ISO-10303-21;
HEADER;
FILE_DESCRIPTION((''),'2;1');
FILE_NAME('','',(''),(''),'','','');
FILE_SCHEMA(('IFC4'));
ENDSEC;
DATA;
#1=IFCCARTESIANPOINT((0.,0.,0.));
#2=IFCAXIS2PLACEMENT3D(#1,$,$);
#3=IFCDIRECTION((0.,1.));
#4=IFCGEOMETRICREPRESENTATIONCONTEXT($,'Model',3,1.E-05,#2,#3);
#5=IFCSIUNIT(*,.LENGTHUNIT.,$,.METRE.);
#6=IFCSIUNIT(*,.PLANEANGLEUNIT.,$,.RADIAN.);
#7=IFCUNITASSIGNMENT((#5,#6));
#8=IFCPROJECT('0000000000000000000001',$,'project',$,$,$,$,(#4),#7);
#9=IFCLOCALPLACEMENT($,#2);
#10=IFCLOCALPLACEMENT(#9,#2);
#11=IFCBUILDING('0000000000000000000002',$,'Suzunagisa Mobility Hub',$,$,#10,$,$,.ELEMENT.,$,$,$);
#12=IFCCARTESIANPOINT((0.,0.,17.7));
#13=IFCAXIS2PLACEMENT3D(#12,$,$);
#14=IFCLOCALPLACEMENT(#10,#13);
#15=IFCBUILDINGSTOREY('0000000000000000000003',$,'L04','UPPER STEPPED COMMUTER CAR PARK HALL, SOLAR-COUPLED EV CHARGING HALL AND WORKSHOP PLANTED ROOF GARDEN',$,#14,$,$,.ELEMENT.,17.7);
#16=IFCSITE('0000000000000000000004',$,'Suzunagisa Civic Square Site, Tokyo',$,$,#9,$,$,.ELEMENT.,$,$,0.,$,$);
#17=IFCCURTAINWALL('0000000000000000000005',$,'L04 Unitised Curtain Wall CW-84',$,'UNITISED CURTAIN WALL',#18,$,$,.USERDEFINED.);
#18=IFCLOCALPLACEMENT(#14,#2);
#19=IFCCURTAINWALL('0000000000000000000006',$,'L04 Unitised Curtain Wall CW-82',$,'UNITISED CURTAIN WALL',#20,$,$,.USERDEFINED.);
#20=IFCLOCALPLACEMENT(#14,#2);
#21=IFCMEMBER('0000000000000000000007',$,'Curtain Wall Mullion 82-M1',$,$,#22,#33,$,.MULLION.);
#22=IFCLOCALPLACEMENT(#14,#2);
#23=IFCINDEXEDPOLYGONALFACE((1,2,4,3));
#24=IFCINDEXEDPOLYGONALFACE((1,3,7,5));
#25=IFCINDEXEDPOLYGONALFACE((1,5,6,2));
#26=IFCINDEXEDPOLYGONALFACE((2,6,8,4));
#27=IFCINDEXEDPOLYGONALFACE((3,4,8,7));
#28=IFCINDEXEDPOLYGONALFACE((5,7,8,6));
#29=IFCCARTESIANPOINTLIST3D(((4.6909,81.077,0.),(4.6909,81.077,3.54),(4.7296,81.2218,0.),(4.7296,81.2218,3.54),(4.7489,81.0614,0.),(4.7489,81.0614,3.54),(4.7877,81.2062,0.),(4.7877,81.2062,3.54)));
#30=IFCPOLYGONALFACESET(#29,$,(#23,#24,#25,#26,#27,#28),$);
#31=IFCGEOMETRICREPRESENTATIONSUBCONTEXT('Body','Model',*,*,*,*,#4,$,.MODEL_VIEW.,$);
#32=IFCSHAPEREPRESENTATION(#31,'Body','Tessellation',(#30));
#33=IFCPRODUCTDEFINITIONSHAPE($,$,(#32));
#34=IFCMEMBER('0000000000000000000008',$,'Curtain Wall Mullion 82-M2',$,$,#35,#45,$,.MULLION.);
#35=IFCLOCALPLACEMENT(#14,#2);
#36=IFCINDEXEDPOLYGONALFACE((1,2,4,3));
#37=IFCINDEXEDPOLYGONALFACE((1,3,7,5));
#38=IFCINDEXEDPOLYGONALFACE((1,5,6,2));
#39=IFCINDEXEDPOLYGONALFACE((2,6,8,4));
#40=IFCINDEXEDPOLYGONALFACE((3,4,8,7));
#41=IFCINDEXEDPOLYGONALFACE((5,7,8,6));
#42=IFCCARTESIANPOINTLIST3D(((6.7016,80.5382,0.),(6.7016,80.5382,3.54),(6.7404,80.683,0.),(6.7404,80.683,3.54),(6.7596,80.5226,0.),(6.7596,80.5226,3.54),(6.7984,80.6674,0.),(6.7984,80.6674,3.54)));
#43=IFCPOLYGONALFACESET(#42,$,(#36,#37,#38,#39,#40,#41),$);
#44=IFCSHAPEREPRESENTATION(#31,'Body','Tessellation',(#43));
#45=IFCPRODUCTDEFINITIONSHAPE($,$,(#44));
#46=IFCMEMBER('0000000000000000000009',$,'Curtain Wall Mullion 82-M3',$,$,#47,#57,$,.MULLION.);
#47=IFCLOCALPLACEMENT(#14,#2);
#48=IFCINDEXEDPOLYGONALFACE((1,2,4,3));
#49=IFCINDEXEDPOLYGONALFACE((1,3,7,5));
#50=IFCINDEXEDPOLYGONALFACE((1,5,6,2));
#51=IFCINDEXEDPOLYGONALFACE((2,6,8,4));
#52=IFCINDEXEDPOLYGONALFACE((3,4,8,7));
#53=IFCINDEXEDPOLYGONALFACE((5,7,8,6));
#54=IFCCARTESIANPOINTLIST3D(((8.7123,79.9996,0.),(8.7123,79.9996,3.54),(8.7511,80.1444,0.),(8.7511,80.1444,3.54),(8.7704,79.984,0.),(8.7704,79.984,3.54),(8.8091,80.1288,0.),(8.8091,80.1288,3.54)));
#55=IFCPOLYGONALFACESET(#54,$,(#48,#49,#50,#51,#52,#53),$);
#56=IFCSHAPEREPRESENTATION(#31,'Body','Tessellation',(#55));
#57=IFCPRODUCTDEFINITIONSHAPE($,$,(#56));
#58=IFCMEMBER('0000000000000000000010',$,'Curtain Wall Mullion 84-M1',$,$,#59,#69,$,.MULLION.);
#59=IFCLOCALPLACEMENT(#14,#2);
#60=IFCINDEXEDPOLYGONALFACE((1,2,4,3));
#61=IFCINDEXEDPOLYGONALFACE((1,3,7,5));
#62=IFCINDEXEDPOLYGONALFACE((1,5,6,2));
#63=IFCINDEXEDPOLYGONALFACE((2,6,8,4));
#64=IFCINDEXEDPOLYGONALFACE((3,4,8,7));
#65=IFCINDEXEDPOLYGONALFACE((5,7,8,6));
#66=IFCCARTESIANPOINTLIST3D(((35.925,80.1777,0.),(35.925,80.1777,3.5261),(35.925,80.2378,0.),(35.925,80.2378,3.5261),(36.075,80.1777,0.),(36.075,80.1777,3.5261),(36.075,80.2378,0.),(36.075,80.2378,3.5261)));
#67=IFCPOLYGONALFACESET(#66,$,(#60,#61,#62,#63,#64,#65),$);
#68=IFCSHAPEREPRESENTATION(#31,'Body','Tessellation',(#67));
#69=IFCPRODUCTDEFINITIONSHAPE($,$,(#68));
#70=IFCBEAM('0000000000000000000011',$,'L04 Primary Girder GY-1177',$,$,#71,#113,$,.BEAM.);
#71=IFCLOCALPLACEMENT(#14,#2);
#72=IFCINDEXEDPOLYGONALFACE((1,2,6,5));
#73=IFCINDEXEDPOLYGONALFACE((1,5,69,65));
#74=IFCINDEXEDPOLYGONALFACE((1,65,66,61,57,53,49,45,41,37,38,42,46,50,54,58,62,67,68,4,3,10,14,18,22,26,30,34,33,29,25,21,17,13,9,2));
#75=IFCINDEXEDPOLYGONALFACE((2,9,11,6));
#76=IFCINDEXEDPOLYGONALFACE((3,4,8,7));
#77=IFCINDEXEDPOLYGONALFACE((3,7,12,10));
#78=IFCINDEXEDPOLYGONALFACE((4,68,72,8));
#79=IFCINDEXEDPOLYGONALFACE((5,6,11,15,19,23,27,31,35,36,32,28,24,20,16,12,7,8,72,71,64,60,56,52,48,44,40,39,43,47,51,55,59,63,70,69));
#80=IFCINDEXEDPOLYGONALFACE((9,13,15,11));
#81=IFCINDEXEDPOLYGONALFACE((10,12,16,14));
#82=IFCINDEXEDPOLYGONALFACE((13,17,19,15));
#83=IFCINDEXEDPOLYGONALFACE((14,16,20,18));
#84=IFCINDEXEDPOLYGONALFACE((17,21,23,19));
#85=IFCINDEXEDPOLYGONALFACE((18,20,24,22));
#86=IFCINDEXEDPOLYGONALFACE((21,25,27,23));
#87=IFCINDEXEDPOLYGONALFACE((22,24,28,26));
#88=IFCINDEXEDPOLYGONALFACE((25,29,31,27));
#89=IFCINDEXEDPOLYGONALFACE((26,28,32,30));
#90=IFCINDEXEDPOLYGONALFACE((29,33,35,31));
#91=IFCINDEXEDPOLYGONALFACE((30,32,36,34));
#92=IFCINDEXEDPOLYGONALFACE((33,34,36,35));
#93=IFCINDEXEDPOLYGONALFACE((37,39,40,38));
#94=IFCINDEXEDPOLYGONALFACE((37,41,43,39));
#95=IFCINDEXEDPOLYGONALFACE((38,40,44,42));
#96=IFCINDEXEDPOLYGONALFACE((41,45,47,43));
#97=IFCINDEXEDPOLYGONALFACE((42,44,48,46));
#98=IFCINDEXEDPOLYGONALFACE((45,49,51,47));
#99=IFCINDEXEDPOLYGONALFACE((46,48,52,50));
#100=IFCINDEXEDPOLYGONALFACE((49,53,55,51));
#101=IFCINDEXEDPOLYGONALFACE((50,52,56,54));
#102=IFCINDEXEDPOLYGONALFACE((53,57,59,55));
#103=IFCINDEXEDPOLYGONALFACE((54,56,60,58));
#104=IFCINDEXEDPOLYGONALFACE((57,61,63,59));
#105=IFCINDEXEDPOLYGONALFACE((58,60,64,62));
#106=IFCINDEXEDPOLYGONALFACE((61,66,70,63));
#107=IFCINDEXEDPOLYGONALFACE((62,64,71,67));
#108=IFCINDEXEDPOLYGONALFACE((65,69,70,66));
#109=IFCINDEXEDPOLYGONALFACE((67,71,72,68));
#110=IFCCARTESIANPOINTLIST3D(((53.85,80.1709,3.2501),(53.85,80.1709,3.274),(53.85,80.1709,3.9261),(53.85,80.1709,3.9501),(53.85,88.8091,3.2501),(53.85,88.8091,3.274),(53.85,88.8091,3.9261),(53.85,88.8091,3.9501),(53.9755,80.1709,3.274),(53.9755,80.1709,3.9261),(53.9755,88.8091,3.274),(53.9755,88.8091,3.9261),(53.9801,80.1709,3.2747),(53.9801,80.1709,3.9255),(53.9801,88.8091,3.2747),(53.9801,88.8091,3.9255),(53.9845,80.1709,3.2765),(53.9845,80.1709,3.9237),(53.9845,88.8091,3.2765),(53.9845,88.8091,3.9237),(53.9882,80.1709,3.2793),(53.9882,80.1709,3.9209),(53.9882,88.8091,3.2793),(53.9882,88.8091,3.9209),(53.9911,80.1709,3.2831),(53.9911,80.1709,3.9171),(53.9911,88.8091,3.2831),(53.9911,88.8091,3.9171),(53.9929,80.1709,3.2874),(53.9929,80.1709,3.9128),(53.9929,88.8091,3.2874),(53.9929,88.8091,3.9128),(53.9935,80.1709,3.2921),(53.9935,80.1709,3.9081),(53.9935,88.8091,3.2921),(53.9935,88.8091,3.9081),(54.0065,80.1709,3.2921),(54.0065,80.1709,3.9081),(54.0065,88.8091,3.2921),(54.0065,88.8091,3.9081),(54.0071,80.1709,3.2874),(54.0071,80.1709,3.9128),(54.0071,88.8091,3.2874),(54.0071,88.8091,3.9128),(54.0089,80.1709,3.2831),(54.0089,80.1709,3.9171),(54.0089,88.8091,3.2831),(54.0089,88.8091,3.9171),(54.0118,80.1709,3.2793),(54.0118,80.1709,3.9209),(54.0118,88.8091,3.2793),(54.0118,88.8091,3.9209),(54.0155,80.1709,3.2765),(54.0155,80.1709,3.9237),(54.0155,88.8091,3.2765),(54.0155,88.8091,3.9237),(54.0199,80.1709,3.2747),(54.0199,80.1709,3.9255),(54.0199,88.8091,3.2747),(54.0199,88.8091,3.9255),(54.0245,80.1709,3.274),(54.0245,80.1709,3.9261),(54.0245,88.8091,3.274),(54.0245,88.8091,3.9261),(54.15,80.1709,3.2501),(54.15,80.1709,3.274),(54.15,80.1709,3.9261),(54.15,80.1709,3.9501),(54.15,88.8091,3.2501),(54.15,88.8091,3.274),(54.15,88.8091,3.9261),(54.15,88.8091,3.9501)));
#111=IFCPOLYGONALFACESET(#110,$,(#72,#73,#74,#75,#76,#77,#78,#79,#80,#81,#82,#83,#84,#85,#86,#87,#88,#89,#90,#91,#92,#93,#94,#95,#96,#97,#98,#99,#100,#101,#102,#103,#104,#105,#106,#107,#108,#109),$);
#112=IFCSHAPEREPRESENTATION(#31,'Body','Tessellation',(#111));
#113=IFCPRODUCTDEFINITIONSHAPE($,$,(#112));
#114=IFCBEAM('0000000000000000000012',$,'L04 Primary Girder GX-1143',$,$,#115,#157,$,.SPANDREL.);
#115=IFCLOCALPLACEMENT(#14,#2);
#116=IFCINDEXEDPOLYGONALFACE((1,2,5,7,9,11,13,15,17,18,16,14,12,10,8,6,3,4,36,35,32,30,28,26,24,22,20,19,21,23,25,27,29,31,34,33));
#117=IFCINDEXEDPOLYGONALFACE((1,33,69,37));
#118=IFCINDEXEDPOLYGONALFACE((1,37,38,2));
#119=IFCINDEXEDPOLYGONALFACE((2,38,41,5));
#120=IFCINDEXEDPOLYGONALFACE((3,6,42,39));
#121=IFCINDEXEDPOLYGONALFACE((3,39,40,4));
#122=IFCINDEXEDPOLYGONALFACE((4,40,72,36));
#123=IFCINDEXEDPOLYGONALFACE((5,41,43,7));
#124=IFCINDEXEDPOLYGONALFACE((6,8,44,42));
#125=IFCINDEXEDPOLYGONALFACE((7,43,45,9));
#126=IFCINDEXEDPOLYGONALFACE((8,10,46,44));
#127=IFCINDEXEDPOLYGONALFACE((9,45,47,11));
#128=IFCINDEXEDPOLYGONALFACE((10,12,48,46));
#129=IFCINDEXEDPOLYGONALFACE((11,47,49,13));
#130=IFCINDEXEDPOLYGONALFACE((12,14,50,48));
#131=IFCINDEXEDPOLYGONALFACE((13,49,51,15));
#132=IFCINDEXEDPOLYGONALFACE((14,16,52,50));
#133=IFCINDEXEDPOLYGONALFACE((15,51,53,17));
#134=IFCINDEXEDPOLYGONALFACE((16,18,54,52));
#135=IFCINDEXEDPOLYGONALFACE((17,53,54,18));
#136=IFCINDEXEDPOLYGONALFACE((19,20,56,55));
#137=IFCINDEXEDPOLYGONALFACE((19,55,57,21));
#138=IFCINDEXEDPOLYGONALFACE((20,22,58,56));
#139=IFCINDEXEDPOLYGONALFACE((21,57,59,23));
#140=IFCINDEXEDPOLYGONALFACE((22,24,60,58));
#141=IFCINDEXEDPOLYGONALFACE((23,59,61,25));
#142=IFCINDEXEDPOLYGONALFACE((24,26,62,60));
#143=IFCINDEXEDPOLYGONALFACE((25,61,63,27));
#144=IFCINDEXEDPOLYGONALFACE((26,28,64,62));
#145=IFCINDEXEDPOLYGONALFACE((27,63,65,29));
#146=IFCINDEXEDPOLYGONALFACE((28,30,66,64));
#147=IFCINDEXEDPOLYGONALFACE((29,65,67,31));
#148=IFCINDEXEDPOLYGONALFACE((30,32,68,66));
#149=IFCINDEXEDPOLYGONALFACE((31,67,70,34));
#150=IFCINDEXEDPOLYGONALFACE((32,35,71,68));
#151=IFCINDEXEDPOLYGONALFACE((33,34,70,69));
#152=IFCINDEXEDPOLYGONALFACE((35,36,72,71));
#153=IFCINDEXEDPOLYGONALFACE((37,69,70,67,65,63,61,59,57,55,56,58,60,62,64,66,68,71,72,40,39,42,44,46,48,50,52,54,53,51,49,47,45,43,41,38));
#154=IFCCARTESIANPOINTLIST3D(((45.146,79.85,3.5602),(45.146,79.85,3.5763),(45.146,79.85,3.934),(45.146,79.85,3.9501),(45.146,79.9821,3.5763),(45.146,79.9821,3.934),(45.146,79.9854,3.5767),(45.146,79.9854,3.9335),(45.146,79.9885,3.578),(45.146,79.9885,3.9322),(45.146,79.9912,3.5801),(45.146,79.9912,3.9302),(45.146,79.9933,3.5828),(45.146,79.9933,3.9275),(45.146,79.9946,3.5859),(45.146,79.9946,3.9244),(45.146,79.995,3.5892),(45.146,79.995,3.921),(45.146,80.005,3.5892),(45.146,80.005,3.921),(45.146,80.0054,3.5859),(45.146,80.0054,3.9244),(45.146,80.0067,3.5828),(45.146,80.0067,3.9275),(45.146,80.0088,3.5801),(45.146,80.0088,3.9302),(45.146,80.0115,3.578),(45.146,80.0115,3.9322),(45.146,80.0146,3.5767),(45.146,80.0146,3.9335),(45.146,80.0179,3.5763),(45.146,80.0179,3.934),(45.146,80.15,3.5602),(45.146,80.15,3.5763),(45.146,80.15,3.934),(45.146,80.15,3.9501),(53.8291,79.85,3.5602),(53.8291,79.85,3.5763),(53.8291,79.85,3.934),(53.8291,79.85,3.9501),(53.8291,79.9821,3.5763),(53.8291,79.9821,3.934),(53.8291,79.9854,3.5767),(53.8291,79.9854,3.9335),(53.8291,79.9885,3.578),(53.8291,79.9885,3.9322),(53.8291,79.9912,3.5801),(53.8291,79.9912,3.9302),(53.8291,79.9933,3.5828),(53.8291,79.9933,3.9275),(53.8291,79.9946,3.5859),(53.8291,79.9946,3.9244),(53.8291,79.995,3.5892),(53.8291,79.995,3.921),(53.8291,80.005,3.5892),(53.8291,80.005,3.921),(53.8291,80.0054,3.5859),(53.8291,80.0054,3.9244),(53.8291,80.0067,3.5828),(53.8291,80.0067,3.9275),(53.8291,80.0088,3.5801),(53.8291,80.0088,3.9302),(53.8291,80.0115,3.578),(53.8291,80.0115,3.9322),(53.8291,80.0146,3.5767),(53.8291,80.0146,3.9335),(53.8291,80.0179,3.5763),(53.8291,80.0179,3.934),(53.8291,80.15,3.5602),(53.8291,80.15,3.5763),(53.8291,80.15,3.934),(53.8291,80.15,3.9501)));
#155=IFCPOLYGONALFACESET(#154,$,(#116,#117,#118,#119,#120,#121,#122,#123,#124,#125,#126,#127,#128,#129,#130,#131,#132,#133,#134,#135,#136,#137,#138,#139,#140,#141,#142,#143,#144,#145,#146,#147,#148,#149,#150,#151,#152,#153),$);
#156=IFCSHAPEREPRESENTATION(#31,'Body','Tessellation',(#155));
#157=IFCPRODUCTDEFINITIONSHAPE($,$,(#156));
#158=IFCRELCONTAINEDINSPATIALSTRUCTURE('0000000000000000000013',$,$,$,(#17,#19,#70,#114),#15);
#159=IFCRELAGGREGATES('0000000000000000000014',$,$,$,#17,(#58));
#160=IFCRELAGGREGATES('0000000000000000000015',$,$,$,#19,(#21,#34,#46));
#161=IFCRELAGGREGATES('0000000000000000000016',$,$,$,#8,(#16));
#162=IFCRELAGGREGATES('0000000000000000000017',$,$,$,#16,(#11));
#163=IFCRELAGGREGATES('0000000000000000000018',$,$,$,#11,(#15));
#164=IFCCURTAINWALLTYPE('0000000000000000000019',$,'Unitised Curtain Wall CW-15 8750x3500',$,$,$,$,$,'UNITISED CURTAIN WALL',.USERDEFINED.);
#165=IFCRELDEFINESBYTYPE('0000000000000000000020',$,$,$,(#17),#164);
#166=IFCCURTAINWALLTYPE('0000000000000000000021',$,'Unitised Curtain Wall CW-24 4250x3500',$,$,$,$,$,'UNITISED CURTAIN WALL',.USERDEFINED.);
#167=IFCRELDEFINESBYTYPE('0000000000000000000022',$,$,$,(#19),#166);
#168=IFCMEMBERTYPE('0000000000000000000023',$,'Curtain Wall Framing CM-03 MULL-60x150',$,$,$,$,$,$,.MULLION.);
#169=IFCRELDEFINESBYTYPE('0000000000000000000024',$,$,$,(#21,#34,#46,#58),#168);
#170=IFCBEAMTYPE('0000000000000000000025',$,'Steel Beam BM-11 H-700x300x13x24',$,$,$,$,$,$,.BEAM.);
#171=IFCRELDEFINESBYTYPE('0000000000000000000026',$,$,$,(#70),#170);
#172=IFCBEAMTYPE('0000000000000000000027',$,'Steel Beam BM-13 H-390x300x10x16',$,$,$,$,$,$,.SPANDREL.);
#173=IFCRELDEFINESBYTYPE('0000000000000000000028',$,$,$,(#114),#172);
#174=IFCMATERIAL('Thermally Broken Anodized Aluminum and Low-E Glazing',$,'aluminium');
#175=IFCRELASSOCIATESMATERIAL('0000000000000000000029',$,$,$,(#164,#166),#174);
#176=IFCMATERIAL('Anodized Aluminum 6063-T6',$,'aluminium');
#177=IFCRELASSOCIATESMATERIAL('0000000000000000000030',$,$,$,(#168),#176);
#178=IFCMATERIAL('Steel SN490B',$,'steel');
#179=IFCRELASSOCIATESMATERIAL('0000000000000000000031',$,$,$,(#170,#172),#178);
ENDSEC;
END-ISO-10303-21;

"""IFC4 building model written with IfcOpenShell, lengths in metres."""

from ifc_helpers import new_model, si_unit, direction, frame, origin, origin_2d, place, context, subcontext, project, spatial, rectangle, i_section, extrude, material, material_profile, profile_set, type_object, element, aggregate, save


model = new_model("IFC4")

# Units and contexts
model_context = context("Model", 3, precision=1e-05, world=origin(), true_north=direction((0.0, 1.0)))
body_context = subcontext(model_context, "Body", "Model", "MODEL_VIEW")
ifc_project = project(units=[si_unit("LENGTHUNIT", "METRE"), si_unit("PLANEANGLEUNIT", "RADIAN")], contexts=[model_context])

# Site, building, storey
site_placement = place(None, origin())
site = spatial("IfcSite", under=ifc_project, at=site_placement, Name="Suzunagisa Civic Square Site, Tokyo", CompositionType="ELEMENT", RefElevation=0.0)
building_placement = place(site_placement, origin())
building = spatial("IfcBuilding", under=site, at=building_placement, Name="Suzunagisa Mobility Hub", CompositionType="ELEMENT")
storey_placement = place(building_placement, frame((0.0, 0.0, 17.7)))
storey = spatial("IfcBuildingStorey", under=building, at=storey_placement, Name="L04", Description="UPPER STEPPED COMMUTER CAR PARK HALL, SOLAR-COUPLED EV CHARGING HALL AND WORKSHOP PLANTED ROOF GARDEN", CompositionType="ELEMENT", Elevation=17.7)

# Shared definitions
ifc_material_1 = material(Name="Steel SN490B", Category="steel")

# Curtain walls, members
ifc_material_2 = material(Name="Thermally Broken Anodized Aluminum and Low-E Glazing", Category="aluminium")
curtain_wall_type_1 = type_object("IfcCurtainWallType", Name="Unitised Curtain Wall CW-15 8750x3500", ElementType="UNITISED CURTAIN WALL", PredefinedType="USERDEFINED", material=ifc_material_2)
curtain_wall_1_placement = place(storey_placement, origin())
curtain_wall_1 = element("IfcCurtainWall", 1, at=curtain_wall_1_placement, inside=storey, type_object=curtain_wall_type_1, Name="L04 Unitised Curtain Wall CW-84", ObjectType="UNITISED CURTAIN WALL", PredefinedType="USERDEFINED")
ifc_material_3 = material(Name="Anodized Aluminum 6063-T6", Category="aluminium")
curtain_wall_type_2 = type_object("IfcCurtainWallType", Name="Unitised Curtain Wall CW-24 4250x3500", ElementType="UNITISED CURTAIN WALL", PredefinedType="USERDEFINED", material=ifc_material_2)
curtain_wall_2_placement = place(storey_placement, origin())
curtain_wall_2 = element("IfcCurtainWall", 2, at=curtain_wall_2_placement, inside=storey, type_object=curtain_wall_type_2, Name="L04 Unitised Curtain Wall CW-82", ObjectType="UNITISED CURTAIN WALL", PredefinedType="USERDEFINED")
ifc_material_profile_1 = material_profile(ifc_material_3, rectangle(XDim=0.0601, YDim=0.1499, at=origin_2d()), Name="MULL-60x150")
ifc_profile_set_1 = profile_set([ifc_material_profile_1], Name="Anodized Aluminum 6063-T6")
member_type_1 = type_object("IfcMemberType", Name="Curtain Wall Framing CM-03 MULL-60x150", PredefinedType="MULLION", material=ifc_profile_set_1)
member_1_placement = place(storey_placement, frame((4.7393, 81.1416, 0.0), z_axis=(0.0, 0.0, 1.0), x_axis=(0.96593, -0.258803, 0.0)))
member_1 = element("IfcMember", 3, at=member_1_placement, type_object=member_type_1, Name="Curtain Wall Mullion 82-M1", PredefinedType="MULLION", context=body_context, shape_type="SweptSolid", body=[
    extrude(rectangle(XDim=0.0601, YDim=0.1499, at=origin_2d()), origin(), (0.0, 0.0, 1.0), 3.54),
])
member_2_placement = place(storey_placement, frame((6.75, 80.6028, 0.0), z_axis=(0.0, 0.0, 1.0), x_axis=(0.96593, -0.258803, 0.0)))
member_2 = element("IfcMember", 4, at=member_2_placement, type_object=member_type_1, Name="Curtain Wall Mullion 82-M2", PredefinedType="MULLION", context=body_context, shape_type="SweptSolid", body=[
    extrude(rectangle(XDim=0.0601, YDim=0.1499, at=origin_2d()), origin(), (0.0, 0.0, 1.0), 3.54),
])
member_3_placement = place(storey_placement, frame((8.7607, 80.0642, 0.0), z_axis=(0.0, 0.0, 1.0), x_axis=(0.96593, -0.258803, 0.0)))
member_3 = element("IfcMember", 5, at=member_3_placement, type_object=member_type_1, Name="Curtain Wall Mullion 82-M3", PredefinedType="MULLION", context=body_context, shape_type="SweptSolid", body=[
    extrude(rectangle(XDim=0.0601, YDim=0.1499, at=origin_2d()), origin(), (0.0, 0.0, 1.0), 3.54),
])

# Member
member_4_placement = place(storey_placement, frame((36.0, 80.2078, 0.0), z_axis=(0.0, 0.0, 1.0), x_axis=(0.0, 1.0, 0.0)))
member_4 = element("IfcMember", 6, at=member_4_placement, type_object=member_type_1, Name="Curtain Wall Mullion 84-M1", PredefinedType="MULLION", context=body_context, shape_type="SweptSolid", body=[
    extrude(rectangle(XDim=0.0601, YDim=0.1499, at=origin_2d()), origin(), (0.0, 0.0, 1.0), 3.5261),
])
aggregate(curtain_wall_1, [member_4])

# Beams
ifc_material_profile_2 = material_profile(ifc_material_1, i_section(OverallWidth=0.3, OverallDepth=0.7, WebThickness=0.0129, FlangeThickness=0.0239, FilletRadius=0.0181, at=origin_2d()), Name="H-700x300x13x24")
ifc_profile_set_2 = profile_set([ifc_material_profile_2], Name="Steel SN490B")
beam_type_1 = type_object("IfcBeamType", Name="Steel Beam BM-11 H-700x300x13x24", PredefinedType="BEAM", material=ifc_profile_set_2)
beam_1_placement = place(storey_placement, frame((54.0, 80.1709, 3.6001), z_axis=(0.0, 1.0, 0.0), x_axis=(-1.0, 0.0, 0.0)))
element("IfcBeam", 7, at=beam_1_placement, inside=storey, type_object=beam_type_1, Name="L04 Primary Girder GY-1177", PredefinedType="BEAM", context=body_context, shape_type="SweptSolid", body=[
    extrude(i_section(OverallWidth=0.3, OverallDepth=0.7, WebThickness=0.0129, FlangeThickness=0.0239, FilletRadius=0.0181, at=origin_2d()), origin(), (0.0, 0.0, 1.0), 8.6382),
])
ifc_material_profile_3 = material_profile(ifc_material_1, i_section(OverallWidth=0.3, OverallDepth=0.3899, WebThickness=0.01, FlangeThickness=0.0161, FilletRadius=0.0129, at=origin_2d()), Name="H-390x300x10x16")
ifc_profile_set_3 = profile_set([ifc_material_profile_3], Name="Steel SN490B")
beam_type_2 = type_object("IfcBeamType", Name="Steel Beam BM-13 H-390x300x10x16", PredefinedType="SPANDREL", material=ifc_profile_set_3)
beam_2_placement = place(storey_placement, frame((45.146, 80.0, 3.7551), z_axis=(1.0, 0.0, 0.0), x_axis=(0.0, 1.0, 0.0)))
element("IfcBeam", 8, at=beam_2_placement, inside=storey, type_object=beam_type_2, Name="L04 Primary Girder GX-1143", PredefinedType="SPANDREL", context=body_context, shape_type="SweptSolid", body=[
    extrude(i_section(OverallWidth=0.3, OverallDepth=0.3899, WebThickness=0.01, FlangeThickness=0.0161, FilletRadius=0.0129, at=origin_2d()), origin(), (0.0, 0.0, 1.0), 8.6831),
])

aggregate(curtain_wall_2, [member_1, member_2, member_3])

save(model, "model.ifc")
